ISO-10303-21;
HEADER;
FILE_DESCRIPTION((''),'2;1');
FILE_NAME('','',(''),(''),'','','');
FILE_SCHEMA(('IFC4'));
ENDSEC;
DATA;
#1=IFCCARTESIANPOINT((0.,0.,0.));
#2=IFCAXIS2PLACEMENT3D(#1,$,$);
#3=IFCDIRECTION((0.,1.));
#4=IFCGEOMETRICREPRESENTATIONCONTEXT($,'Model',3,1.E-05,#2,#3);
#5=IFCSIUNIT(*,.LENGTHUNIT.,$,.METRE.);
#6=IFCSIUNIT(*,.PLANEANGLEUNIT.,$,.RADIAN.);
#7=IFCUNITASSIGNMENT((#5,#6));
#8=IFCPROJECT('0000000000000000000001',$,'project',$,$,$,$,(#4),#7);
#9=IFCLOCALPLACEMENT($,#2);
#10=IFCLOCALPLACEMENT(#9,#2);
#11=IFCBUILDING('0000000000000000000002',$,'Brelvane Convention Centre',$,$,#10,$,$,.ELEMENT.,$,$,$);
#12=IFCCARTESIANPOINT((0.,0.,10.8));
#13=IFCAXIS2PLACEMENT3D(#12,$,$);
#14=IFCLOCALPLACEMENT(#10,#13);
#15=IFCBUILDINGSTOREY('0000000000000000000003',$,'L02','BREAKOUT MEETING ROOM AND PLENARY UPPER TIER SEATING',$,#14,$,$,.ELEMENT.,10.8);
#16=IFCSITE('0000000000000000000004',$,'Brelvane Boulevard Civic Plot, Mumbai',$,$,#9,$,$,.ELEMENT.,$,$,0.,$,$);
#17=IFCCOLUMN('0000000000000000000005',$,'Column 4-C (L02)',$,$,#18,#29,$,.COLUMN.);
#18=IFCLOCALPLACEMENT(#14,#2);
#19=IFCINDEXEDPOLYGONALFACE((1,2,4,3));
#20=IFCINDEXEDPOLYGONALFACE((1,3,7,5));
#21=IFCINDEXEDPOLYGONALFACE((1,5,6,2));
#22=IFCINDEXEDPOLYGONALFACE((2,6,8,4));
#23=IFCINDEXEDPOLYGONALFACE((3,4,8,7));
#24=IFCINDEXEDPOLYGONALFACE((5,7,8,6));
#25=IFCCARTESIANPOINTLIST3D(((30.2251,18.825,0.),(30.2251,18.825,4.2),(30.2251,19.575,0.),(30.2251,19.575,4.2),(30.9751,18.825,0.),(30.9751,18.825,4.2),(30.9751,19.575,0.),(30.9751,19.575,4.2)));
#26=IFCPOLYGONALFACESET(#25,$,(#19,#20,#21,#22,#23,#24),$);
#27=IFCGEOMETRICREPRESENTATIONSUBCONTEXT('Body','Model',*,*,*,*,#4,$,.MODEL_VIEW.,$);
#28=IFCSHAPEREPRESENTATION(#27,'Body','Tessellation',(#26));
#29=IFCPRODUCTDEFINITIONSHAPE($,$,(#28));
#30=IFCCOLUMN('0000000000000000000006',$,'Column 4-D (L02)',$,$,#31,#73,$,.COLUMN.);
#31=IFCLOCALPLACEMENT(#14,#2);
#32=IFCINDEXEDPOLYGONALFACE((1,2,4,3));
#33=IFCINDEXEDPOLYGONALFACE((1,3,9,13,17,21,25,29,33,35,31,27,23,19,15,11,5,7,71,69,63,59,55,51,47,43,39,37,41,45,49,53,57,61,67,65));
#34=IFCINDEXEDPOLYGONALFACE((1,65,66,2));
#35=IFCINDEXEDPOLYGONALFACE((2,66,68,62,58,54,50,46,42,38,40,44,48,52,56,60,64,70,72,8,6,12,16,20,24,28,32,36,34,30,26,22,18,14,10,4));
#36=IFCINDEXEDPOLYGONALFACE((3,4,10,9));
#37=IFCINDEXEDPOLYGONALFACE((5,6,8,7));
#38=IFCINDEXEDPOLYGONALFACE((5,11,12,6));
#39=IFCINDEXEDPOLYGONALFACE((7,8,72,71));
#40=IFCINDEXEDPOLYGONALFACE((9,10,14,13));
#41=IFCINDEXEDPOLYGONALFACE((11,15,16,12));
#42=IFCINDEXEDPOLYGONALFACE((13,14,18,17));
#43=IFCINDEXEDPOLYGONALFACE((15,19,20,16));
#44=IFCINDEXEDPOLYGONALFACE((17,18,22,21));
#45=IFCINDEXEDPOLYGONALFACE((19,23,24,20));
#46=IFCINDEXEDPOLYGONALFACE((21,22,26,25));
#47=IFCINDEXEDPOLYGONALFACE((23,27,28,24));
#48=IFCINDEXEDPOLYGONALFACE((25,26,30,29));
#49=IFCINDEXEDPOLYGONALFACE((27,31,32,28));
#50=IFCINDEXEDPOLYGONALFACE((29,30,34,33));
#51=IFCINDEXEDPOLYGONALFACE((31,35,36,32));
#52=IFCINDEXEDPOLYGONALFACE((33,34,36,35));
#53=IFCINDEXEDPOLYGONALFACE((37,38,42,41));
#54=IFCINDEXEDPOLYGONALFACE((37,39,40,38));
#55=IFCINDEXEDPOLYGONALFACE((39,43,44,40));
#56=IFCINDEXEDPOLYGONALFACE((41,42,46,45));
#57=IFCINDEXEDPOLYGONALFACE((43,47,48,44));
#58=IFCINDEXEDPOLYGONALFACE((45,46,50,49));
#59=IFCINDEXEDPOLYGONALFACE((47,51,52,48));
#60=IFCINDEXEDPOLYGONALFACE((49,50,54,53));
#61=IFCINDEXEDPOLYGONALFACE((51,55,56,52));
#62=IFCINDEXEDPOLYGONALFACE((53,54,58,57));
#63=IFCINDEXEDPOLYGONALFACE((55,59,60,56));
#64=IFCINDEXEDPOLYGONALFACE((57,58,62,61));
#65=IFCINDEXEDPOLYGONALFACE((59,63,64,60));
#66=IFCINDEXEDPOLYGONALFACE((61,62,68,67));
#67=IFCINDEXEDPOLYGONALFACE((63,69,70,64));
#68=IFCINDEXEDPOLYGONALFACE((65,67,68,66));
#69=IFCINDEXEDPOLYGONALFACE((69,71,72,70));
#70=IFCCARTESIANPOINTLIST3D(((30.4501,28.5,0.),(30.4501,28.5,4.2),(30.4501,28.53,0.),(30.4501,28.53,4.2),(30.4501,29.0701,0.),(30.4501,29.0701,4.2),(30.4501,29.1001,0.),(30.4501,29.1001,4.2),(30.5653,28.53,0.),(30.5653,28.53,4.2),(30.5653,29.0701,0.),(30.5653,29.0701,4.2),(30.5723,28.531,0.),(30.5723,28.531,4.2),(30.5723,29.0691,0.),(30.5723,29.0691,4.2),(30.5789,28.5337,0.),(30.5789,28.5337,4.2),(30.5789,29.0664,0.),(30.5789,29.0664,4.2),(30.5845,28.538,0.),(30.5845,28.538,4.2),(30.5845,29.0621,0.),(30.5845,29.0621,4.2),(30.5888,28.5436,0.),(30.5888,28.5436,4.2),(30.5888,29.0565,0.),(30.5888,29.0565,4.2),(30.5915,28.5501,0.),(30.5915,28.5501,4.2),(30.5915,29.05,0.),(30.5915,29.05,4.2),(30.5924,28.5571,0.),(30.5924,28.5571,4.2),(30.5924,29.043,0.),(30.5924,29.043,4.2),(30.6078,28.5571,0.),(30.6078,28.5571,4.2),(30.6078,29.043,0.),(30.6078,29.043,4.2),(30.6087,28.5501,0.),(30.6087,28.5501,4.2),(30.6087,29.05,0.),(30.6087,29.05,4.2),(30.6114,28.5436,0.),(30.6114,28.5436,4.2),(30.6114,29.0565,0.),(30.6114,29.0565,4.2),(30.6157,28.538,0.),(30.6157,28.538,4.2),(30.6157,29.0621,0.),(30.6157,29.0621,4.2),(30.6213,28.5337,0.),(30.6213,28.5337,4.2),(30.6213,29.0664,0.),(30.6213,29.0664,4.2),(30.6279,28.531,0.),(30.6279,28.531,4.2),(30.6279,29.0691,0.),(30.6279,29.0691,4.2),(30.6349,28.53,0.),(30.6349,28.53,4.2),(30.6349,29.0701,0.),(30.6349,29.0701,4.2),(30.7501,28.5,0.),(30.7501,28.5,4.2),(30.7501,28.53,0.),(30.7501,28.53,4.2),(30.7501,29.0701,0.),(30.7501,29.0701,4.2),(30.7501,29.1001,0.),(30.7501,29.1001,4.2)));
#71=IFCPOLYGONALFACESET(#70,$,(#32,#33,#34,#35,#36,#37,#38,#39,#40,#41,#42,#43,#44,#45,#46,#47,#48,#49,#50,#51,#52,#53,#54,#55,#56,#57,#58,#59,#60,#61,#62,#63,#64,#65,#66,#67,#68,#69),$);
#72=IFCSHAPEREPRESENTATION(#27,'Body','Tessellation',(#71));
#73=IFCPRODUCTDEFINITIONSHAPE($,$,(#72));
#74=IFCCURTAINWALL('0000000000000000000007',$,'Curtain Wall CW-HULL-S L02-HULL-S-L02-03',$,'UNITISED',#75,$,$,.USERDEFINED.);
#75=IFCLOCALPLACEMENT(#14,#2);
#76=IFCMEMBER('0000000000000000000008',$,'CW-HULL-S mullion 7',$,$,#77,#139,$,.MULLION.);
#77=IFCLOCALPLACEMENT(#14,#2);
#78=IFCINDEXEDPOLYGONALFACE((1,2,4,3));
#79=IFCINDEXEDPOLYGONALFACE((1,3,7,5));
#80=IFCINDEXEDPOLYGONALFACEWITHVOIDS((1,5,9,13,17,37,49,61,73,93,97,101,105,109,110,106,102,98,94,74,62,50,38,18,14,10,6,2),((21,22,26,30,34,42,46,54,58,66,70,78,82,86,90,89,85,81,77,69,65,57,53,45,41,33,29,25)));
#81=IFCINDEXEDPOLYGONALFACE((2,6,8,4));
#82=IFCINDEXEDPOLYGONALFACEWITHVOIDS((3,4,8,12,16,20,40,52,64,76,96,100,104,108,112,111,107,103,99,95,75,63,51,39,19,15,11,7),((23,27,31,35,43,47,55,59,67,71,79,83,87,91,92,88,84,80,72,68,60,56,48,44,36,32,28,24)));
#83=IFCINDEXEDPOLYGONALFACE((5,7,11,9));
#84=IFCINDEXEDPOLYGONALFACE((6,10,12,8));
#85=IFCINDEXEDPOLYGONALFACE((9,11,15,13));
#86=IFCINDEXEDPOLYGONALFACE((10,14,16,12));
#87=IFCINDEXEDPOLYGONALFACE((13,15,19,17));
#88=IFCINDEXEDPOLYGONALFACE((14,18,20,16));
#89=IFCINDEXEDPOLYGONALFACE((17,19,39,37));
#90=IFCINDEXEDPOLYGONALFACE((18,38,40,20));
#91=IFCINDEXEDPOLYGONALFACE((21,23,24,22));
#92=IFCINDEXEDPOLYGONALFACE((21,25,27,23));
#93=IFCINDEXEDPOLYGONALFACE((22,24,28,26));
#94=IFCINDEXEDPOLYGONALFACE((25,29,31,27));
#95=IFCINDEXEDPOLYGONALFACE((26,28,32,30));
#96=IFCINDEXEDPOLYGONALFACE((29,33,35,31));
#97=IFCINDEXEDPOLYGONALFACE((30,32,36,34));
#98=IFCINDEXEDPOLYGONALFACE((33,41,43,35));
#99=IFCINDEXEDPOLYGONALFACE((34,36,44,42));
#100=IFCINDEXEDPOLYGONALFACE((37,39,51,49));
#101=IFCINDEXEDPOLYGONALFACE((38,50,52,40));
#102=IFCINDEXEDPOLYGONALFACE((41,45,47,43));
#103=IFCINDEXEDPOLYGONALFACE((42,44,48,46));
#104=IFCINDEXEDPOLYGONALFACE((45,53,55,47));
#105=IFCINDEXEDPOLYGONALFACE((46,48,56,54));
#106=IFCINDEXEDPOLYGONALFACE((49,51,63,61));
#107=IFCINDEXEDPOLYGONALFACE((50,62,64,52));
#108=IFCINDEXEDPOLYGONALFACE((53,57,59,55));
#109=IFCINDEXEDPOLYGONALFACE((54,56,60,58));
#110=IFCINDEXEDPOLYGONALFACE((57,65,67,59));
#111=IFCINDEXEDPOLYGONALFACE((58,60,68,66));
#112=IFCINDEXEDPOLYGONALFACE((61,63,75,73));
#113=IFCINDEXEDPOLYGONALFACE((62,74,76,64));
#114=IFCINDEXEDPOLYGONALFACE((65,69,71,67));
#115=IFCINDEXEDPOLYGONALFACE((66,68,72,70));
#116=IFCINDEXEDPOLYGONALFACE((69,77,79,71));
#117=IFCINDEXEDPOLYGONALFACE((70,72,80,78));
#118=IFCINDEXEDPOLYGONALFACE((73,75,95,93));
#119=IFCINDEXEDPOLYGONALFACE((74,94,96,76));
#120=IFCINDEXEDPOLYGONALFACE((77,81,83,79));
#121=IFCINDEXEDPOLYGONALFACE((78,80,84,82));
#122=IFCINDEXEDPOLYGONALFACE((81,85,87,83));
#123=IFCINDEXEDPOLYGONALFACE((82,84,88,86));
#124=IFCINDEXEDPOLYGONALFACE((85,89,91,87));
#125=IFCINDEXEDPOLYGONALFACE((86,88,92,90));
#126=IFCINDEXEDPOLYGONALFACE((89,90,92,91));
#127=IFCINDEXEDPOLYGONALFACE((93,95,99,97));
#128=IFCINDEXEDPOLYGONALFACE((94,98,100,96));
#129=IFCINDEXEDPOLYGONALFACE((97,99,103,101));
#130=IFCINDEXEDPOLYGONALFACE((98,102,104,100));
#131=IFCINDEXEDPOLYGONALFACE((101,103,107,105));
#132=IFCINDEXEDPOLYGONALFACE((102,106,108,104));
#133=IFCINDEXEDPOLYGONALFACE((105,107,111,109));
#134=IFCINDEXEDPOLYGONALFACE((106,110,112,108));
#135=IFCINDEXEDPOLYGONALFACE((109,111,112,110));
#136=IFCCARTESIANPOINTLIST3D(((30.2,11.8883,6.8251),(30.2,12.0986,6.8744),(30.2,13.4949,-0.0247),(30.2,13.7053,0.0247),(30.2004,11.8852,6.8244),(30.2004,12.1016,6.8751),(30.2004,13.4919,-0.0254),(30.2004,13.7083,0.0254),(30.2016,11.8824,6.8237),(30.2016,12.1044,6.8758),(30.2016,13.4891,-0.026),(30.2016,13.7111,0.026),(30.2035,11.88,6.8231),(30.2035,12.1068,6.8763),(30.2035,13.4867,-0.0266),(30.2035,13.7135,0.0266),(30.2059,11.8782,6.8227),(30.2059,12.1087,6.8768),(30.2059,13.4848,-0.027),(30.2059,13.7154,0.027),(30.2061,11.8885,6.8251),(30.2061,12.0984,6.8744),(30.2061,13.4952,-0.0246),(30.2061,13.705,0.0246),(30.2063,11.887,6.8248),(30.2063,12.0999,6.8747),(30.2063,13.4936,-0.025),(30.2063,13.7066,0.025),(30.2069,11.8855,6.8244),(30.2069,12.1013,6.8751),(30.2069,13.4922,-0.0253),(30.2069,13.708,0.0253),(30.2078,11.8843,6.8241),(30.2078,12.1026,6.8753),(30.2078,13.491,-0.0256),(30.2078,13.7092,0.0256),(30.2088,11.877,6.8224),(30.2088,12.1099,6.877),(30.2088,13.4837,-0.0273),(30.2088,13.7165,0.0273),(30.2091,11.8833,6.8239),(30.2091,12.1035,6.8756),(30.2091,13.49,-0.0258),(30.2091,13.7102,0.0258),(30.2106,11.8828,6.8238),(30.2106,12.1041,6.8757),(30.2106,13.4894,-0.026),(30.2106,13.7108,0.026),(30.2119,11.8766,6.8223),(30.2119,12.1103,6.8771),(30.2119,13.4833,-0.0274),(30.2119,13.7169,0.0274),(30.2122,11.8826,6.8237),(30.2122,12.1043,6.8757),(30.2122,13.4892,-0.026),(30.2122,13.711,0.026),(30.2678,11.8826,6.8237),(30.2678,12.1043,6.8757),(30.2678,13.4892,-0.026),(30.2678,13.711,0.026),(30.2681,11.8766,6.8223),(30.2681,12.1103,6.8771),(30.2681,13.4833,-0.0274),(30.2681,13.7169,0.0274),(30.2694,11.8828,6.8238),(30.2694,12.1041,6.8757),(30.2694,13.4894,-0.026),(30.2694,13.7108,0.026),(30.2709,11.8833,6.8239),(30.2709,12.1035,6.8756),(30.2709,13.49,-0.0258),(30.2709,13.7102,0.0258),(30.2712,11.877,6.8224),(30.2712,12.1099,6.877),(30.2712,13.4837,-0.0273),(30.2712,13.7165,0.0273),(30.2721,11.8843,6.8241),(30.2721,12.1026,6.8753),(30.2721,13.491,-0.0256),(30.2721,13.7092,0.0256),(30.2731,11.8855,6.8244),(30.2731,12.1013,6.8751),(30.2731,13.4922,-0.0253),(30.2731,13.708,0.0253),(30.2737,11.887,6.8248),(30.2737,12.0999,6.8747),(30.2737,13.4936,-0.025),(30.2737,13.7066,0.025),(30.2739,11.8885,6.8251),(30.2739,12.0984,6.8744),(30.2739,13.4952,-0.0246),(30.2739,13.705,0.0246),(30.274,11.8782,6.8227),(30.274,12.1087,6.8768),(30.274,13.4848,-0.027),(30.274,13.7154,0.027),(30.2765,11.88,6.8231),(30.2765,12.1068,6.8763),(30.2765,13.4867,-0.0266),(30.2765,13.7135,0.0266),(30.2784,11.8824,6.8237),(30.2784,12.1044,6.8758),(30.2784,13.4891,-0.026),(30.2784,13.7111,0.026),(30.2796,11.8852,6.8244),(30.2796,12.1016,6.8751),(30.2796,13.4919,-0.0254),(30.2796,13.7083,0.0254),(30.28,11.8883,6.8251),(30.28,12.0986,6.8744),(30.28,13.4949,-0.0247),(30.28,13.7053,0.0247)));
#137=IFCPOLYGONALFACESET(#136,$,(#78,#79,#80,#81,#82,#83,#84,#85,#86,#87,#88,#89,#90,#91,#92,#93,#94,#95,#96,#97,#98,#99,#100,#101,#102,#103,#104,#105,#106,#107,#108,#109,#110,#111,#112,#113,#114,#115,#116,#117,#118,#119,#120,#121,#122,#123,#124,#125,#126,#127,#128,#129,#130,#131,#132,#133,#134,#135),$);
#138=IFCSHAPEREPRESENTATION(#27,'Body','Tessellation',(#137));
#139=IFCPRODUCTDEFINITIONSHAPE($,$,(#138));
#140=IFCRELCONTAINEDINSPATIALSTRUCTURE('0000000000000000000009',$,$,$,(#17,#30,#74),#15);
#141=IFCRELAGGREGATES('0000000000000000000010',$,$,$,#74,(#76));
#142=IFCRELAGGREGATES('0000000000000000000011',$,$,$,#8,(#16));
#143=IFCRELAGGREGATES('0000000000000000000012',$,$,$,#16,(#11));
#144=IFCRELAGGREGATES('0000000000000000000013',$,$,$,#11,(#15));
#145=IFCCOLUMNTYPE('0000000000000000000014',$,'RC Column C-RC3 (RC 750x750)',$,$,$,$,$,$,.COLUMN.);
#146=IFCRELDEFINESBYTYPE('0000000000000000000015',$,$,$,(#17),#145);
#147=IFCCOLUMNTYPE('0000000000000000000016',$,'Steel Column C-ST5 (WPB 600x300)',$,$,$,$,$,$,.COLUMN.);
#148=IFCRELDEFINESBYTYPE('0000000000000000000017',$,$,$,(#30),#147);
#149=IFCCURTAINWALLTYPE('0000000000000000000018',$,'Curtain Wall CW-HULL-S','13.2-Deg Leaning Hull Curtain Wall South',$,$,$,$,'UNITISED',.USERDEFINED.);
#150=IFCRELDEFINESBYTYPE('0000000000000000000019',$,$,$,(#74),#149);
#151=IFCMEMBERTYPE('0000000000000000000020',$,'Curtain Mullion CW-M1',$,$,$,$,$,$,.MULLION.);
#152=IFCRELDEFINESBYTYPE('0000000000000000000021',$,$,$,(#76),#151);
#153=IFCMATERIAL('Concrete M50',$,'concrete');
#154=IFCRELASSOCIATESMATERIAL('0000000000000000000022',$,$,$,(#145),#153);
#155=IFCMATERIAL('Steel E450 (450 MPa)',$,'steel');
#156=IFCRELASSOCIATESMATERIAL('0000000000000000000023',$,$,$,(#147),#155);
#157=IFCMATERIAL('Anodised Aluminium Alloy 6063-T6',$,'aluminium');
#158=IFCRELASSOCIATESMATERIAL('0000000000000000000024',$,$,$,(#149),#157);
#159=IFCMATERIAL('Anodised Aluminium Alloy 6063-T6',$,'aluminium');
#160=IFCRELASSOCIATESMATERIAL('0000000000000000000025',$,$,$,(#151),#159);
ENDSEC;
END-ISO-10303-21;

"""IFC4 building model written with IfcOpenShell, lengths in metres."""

from ifc_helpers import new_model, si_unit, direction, frame, origin, origin_2d, place, context, subcontext, project, spatial, rectangle, hollow_rectangle, i_section, extrude, material, material_profile, profile_set, type_object, element, aggregate, save


model = new_model("IFC4")

# Units and contexts
model_context = context("Model", 3, precision=1e-05, world=origin(), true_north=direction((0.0, 1.0)))
body_context = subcontext(model_context, "Body", "Model", "MODEL_VIEW")
ifc_project = project(units=[si_unit("LENGTHUNIT", "METRE"), si_unit("PLANEANGLEUNIT", "RADIAN")], contexts=[model_context])

# Site, building, storey
site_placement = place(None, origin())
site = spatial("IfcSite", under=ifc_project, at=site_placement, Name="Brelvane Boulevard Civic Plot, Mumbai", CompositionType="ELEMENT", RefElevation=0.0)
building_placement = place(site_placement, origin())
building = spatial("IfcBuilding", under=site, at=building_placement, Name="Brelvane Convention Centre", CompositionType="ELEMENT")
storey_placement = place(building_placement, frame((0.0, 0.0, 10.8)))
storey = spatial("IfcBuildingStorey", under=building, at=storey_placement, Name="L02", Description="BREAKOUT MEETING ROOM AND PLENARY UPPER TIER SEATING", CompositionType="ELEMENT", Elevation=10.8)

# Columns
ifc_material_1 = material(Name="Concrete M50", Category="concrete")
ifc_material_profile_1 = material_profile(ifc_material_1, rectangle(XDim=0.75, YDim=0.75, at=origin_2d()), Name="RC 750x750")
ifc_profile_set_1 = profile_set([ifc_material_profile_1], Name="Concrete M50")
column_type_1 = type_object("IfcColumnType", Name="RC Column C-RC3 (RC 750x750)", PredefinedType="COLUMN", material=ifc_profile_set_1)
column_1_placement = place(storey_placement, frame((30.6001, 19.2, 0.0), z_axis=(0.0, 0.0, 1.0), x_axis=(1.0, 0.0, 0.0)))
element("IfcColumn", 1, at=column_1_placement, inside=storey, type_object=column_type_1, Name="Column 4-C (L02)", PredefinedType="COLUMN", context=body_context, shape_type="SweptSolid", body=[
    extrude(rectangle(XDim=0.75, YDim=0.75, at=origin_2d()), origin(), (0.0, 0.0, 1.0), 4.2),
])
ifc_material_2 = material(Name="Steel E450 (450 MPa)", Category="steel")
ifc_material_profile_2 = material_profile(ifc_material_2, i_section(OverallWidth=0.3, OverallDepth=0.6001, WebThickness=0.0154, FlangeThickness=0.03, FilletRadius=0.0271, at=origin_2d()), Name="WPB 600x300")
ifc_profile_set_2 = profile_set([ifc_material_profile_2], Name="Steel E450 (450 MPa)")
column_type_2 = type_object("IfcColumnType", Name="Steel Column C-ST5 (WPB 600x300)", PredefinedType="COLUMN", material=ifc_profile_set_2)
column_2_placement = place(storey_placement, frame((30.6001, 28.8, 0.0), z_axis=(0.0, 0.0, 1.0), x_axis=(1.0, 0.0, 0.0)))
element("IfcColumn", 2, at=column_2_placement, inside=storey, type_object=column_type_2, Name="Column 4-D (L02)", PredefinedType="COLUMN", context=body_context, shape_type="SweptSolid", body=[
    extrude(i_section(OverallWidth=0.3, OverallDepth=0.6001, WebThickness=0.0154, FlangeThickness=0.03, FilletRadius=0.0271, at=origin_2d()), origin(), (0.0, 0.0, 1.0), 4.2),
])

# Curtain wall, member
ifc_material_3 = material(Name="Anodised Aluminium Alloy 6063-T6", Category="aluminium")
curtain_wall_type = type_object("IfcCurtainWallType", Name="Curtain Wall CW-HULL-S", Description="13.2-Deg Leaning Hull Curtain Wall South", ElementType="UNITISED", PredefinedType="USERDEFINED", material=ifc_material_3)
curtain_wall_1_placement = place(storey_placement, origin())
curtain_wall_1 = element("IfcCurtainWall", 3, at=curtain_wall_1_placement, inside=storey, type_object=curtain_wall_type, Name="Curtain Wall CW-HULL-S L02-HULL-S-L02-03", ObjectType="UNITISED", PredefinedType="USERDEFINED")
ifc_material_4 = material(Name="Anodised Aluminium Alloy 6063-T6", Category="aluminium")
ifc_material_profile_3 = material_profile(ifc_material_4, hollow_rectangle(XDim=0.0801, YDim=0.24, WallThickness=0.0061, InnerFilletRadius=0.0061, OuterFilletRadius=0.012, at=origin_2d()), Name="ALU-M 240x80x6.0")
ifc_profile_set_3 = profile_set([ifc_material_profile_3], Name="Anodised Aluminium Alloy 6063-T6")
member_type_1 = type_object("IfcMemberType", Name="Curtain Mullion CW-M1", PredefinedType="MULLION", material=ifc_profile_set_3)
member_1_placement = place(storey_placement, frame((30.24, 13.6001, 0.0), z_axis=(0.0, -0.22836, 0.973577), x_axis=(1.0, 0.0, 0.0)))
member_1 = element("IfcMember", 4, at=member_1_placement, type_object=member_type_1, Name="CW-HULL-S mullion 7", PredefinedType="MULLION", context=body_context, shape_type="SweptSolid", body=[
    extrude(hollow_rectangle(XDim=0.0801, YDim=0.24, WallThickness=0.0061, InnerFilletRadius=0.0061, OuterFilletRadius=0.012, at=origin_2d()), origin(), (0.0, 0.0, 1.0), 7.0356),
])
aggregate(curtain_wall_1, [member_1])

save(model, "model.ifc")
